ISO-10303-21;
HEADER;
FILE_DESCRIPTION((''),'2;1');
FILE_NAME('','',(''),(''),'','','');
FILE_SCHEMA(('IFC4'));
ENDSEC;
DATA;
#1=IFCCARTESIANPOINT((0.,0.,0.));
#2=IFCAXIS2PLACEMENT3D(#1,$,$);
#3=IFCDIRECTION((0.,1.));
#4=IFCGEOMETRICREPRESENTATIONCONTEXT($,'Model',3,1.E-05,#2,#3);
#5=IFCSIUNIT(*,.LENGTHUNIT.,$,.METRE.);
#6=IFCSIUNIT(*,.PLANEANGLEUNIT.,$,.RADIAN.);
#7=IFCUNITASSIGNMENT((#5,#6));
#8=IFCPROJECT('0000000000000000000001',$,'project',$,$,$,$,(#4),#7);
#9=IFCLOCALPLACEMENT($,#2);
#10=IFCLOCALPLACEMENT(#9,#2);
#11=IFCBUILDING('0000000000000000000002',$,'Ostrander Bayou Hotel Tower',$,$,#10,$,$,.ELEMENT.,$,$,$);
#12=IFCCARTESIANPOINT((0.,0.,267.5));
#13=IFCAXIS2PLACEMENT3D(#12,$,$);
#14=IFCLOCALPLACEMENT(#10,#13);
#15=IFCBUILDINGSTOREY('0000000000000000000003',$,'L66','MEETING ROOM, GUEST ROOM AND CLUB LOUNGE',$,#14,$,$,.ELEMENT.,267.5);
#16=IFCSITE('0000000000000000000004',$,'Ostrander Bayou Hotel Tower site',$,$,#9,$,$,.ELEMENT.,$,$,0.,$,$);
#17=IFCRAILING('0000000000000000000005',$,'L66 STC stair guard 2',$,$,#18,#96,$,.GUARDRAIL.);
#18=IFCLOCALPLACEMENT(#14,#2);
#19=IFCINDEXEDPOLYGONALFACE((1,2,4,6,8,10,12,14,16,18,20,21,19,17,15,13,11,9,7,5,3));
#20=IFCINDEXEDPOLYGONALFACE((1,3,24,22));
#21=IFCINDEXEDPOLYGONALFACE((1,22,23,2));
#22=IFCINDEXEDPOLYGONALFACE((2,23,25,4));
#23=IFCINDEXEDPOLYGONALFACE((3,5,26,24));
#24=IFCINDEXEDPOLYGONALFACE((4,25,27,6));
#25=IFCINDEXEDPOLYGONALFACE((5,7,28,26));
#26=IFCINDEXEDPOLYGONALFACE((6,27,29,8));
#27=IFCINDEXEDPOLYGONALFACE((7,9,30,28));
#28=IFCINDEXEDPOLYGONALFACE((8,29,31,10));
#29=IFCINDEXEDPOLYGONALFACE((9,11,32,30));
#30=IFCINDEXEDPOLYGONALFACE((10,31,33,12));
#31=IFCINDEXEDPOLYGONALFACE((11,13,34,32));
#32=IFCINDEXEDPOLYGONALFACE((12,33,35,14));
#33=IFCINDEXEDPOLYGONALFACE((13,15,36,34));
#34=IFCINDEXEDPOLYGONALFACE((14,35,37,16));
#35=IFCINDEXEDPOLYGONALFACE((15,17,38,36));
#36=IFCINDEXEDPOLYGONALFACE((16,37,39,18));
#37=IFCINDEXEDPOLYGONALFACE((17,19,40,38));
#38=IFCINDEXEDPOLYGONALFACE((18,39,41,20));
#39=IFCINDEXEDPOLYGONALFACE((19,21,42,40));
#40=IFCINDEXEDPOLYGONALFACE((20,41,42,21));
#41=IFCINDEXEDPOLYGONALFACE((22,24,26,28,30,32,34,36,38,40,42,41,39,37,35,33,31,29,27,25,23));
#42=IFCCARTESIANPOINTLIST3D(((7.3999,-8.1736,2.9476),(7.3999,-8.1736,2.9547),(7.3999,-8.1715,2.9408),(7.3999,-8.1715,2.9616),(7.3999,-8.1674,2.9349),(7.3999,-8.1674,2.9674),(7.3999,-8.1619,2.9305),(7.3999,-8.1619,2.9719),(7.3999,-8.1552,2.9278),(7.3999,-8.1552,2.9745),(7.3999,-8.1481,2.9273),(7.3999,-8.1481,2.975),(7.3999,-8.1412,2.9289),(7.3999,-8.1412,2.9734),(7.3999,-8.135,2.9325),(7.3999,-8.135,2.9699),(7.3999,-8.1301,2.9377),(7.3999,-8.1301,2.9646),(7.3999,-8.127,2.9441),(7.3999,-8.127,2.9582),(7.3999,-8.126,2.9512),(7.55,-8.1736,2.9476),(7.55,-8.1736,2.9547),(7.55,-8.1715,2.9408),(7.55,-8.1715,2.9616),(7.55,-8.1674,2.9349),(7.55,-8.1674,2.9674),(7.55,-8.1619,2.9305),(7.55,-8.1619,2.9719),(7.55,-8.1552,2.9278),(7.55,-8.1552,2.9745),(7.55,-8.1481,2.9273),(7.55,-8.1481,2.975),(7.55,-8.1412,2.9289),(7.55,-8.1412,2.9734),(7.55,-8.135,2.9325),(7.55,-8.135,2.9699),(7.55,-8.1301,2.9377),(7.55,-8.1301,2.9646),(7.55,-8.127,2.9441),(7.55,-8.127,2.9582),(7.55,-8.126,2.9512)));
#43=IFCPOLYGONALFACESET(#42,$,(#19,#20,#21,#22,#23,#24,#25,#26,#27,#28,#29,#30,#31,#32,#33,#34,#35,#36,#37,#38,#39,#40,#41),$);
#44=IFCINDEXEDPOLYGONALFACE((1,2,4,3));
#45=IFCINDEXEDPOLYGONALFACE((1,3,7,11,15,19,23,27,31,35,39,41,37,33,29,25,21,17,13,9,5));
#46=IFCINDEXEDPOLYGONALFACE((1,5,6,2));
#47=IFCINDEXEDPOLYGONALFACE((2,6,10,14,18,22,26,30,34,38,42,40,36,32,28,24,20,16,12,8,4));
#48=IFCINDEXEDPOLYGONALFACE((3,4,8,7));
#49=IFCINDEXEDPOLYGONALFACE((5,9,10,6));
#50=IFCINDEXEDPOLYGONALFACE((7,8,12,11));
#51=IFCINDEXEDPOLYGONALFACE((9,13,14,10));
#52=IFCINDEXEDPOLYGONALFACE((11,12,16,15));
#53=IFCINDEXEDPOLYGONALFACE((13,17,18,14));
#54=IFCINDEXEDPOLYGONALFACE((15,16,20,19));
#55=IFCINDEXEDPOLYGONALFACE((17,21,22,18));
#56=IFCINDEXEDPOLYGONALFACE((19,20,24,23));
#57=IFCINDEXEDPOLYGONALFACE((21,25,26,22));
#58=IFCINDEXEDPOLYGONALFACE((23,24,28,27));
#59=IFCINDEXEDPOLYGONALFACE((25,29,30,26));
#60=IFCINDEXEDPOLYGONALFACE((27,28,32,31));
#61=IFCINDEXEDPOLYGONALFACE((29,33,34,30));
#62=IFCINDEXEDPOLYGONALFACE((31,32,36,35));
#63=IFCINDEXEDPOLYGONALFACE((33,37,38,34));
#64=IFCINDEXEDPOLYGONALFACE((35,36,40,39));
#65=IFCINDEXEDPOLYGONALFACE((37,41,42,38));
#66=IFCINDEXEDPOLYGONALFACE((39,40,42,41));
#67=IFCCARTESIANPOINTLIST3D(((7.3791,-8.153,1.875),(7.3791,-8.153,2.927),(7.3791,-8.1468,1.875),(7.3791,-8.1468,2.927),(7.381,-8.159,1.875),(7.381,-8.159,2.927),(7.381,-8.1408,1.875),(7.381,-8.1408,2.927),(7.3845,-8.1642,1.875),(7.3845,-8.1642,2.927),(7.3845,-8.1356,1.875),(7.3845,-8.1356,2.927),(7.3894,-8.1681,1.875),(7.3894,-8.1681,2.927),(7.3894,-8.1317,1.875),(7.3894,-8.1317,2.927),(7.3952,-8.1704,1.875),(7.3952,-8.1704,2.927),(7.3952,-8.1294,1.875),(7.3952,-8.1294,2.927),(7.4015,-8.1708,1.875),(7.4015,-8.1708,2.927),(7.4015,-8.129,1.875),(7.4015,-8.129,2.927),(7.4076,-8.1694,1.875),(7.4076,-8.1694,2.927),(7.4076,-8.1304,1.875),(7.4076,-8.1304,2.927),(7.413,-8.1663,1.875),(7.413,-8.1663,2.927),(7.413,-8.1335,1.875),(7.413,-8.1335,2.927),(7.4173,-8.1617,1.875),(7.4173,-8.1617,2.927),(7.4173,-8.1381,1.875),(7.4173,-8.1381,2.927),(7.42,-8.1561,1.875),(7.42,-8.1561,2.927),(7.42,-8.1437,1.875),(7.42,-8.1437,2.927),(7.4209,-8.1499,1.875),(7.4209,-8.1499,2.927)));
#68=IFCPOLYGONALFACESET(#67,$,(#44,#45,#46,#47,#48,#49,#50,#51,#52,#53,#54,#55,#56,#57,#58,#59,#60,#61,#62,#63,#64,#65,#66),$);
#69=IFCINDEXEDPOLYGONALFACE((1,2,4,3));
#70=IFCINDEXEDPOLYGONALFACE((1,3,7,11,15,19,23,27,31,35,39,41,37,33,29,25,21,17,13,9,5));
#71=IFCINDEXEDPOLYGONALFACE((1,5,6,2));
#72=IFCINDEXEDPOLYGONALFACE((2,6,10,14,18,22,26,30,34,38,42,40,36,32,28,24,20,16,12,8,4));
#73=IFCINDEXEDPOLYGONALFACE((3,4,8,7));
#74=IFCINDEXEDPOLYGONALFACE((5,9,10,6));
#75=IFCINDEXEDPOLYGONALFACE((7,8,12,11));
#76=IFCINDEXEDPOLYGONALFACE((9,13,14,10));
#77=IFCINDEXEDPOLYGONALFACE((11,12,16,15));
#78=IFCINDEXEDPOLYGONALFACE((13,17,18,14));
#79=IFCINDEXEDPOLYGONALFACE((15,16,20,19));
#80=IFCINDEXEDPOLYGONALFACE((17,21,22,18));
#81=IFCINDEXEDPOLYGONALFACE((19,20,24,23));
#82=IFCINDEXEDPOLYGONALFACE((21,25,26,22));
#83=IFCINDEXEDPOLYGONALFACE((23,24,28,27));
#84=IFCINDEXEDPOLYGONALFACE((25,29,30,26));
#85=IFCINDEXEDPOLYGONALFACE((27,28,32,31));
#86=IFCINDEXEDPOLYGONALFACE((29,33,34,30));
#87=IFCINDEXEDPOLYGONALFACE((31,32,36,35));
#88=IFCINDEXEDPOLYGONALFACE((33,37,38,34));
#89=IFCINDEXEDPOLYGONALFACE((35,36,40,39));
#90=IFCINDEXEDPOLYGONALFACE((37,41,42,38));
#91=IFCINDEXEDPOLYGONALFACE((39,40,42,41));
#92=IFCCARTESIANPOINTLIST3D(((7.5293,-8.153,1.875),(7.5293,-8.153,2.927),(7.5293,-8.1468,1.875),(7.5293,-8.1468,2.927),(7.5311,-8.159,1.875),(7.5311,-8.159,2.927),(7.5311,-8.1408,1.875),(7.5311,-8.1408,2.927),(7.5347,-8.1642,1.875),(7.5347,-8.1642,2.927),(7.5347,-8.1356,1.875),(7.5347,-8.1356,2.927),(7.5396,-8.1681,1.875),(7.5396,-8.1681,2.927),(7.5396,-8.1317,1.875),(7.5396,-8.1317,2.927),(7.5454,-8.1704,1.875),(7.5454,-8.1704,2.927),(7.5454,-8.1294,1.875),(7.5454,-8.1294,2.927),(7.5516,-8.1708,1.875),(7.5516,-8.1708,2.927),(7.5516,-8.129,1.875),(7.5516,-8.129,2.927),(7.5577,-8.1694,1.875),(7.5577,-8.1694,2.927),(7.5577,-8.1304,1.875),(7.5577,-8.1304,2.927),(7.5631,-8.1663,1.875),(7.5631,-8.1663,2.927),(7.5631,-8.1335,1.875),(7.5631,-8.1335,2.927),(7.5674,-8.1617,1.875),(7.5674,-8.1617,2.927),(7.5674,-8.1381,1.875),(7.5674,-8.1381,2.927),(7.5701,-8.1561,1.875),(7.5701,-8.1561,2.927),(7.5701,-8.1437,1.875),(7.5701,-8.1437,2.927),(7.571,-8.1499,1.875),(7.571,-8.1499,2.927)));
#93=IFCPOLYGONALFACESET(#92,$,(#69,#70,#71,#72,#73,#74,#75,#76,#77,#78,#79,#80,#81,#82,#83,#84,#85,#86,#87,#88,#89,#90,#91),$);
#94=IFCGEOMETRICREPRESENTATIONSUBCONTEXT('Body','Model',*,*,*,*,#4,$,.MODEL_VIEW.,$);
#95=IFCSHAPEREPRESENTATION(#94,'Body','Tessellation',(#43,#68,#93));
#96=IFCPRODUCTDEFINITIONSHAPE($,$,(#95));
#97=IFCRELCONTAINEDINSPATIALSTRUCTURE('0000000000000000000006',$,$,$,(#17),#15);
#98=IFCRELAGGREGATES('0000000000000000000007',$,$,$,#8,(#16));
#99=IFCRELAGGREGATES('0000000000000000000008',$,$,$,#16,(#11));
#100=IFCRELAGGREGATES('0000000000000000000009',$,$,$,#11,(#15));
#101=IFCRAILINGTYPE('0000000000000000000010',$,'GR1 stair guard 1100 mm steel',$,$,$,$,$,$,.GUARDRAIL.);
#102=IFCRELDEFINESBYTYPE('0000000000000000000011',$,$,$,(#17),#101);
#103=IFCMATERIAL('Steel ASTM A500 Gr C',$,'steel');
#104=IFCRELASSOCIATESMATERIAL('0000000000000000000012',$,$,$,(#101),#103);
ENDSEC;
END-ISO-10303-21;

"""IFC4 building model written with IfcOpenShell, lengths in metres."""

from ifc_helpers import new_model, si_unit, direction, frame, origin, origin_2d, place, context, subcontext, project, spatial, circle, extrude, material, type_object, element, save


model = new_model("IFC4")

# Units and contexts
model_context = context("Model", 3, precision=1e-05, world=origin(), true_north=direction((0.0, 1.0)))
body_context = subcontext(model_context, "Body", "Model", "MODEL_VIEW")
ifc_project = project(units=[si_unit("LENGTHUNIT", "METRE"), si_unit("PLANEANGLEUNIT", "RADIAN")], contexts=[model_context])

# Site, building, storey
site_placement = place(None, origin())
site = spatial("IfcSite", under=ifc_project, at=site_placement, Name="Ostrander Bayou Hotel Tower site", CompositionType="ELEMENT", RefElevation=0.0)
building_placement = place(site_placement, origin())
building = spatial("IfcBuilding", under=site, at=building_placement, Name="Ostrander Bayou Hotel Tower", CompositionType="ELEMENT")
storey_placement = place(building_placement, frame((0.0, 0.0, 267.5)))
storey = spatial("IfcBuildingStorey", under=building, at=storey_placement, Name="L66", Description="MEETING ROOM, GUEST ROOM AND CLUB LOUNGE", CompositionType="ELEMENT", Elevation=267.5)

# Railing
ifc_material_1 = material(Name="Steel ASTM A500 Gr C", Category="steel")
railing_type_1 = type_object("IfcRailingType", Name="GR1 stair guard 1100 mm steel", PredefinedType="GUARDRAIL", material=ifc_material_1)
railing_1_placement = place(storey_placement, frame((7.3999, -8.1499, 1.875)))
element("IfcRailing", 1, at=railing_1_placement, inside=storey, type_object=railing_type_1, Name="L66 STC stair guard 2", PredefinedType="GUARDRAIL", context=body_context, shape_type="SweptSolid", body=[
    extrude(circle(Radius=0.0239, at=origin_2d()), frame((0.0, 0.0, 1.0762), z_axis=(1.0, 0.0, 0.0), x_axis=(0.0, 1.0, 0.0)), (0.0, 0.0, 1.0), 0.1501),
    extrude(circle(Radius=0.021, at=origin_2d()), origin(), (0.0, 0.0, 1.0), 1.052),
    extrude(circle(Radius=0.021, at=origin_2d()), frame((0.1501, 0.0, 0.0)), (0.0, 0.0, 1.0), 1.052),
])

save(model, "model.ifc")
